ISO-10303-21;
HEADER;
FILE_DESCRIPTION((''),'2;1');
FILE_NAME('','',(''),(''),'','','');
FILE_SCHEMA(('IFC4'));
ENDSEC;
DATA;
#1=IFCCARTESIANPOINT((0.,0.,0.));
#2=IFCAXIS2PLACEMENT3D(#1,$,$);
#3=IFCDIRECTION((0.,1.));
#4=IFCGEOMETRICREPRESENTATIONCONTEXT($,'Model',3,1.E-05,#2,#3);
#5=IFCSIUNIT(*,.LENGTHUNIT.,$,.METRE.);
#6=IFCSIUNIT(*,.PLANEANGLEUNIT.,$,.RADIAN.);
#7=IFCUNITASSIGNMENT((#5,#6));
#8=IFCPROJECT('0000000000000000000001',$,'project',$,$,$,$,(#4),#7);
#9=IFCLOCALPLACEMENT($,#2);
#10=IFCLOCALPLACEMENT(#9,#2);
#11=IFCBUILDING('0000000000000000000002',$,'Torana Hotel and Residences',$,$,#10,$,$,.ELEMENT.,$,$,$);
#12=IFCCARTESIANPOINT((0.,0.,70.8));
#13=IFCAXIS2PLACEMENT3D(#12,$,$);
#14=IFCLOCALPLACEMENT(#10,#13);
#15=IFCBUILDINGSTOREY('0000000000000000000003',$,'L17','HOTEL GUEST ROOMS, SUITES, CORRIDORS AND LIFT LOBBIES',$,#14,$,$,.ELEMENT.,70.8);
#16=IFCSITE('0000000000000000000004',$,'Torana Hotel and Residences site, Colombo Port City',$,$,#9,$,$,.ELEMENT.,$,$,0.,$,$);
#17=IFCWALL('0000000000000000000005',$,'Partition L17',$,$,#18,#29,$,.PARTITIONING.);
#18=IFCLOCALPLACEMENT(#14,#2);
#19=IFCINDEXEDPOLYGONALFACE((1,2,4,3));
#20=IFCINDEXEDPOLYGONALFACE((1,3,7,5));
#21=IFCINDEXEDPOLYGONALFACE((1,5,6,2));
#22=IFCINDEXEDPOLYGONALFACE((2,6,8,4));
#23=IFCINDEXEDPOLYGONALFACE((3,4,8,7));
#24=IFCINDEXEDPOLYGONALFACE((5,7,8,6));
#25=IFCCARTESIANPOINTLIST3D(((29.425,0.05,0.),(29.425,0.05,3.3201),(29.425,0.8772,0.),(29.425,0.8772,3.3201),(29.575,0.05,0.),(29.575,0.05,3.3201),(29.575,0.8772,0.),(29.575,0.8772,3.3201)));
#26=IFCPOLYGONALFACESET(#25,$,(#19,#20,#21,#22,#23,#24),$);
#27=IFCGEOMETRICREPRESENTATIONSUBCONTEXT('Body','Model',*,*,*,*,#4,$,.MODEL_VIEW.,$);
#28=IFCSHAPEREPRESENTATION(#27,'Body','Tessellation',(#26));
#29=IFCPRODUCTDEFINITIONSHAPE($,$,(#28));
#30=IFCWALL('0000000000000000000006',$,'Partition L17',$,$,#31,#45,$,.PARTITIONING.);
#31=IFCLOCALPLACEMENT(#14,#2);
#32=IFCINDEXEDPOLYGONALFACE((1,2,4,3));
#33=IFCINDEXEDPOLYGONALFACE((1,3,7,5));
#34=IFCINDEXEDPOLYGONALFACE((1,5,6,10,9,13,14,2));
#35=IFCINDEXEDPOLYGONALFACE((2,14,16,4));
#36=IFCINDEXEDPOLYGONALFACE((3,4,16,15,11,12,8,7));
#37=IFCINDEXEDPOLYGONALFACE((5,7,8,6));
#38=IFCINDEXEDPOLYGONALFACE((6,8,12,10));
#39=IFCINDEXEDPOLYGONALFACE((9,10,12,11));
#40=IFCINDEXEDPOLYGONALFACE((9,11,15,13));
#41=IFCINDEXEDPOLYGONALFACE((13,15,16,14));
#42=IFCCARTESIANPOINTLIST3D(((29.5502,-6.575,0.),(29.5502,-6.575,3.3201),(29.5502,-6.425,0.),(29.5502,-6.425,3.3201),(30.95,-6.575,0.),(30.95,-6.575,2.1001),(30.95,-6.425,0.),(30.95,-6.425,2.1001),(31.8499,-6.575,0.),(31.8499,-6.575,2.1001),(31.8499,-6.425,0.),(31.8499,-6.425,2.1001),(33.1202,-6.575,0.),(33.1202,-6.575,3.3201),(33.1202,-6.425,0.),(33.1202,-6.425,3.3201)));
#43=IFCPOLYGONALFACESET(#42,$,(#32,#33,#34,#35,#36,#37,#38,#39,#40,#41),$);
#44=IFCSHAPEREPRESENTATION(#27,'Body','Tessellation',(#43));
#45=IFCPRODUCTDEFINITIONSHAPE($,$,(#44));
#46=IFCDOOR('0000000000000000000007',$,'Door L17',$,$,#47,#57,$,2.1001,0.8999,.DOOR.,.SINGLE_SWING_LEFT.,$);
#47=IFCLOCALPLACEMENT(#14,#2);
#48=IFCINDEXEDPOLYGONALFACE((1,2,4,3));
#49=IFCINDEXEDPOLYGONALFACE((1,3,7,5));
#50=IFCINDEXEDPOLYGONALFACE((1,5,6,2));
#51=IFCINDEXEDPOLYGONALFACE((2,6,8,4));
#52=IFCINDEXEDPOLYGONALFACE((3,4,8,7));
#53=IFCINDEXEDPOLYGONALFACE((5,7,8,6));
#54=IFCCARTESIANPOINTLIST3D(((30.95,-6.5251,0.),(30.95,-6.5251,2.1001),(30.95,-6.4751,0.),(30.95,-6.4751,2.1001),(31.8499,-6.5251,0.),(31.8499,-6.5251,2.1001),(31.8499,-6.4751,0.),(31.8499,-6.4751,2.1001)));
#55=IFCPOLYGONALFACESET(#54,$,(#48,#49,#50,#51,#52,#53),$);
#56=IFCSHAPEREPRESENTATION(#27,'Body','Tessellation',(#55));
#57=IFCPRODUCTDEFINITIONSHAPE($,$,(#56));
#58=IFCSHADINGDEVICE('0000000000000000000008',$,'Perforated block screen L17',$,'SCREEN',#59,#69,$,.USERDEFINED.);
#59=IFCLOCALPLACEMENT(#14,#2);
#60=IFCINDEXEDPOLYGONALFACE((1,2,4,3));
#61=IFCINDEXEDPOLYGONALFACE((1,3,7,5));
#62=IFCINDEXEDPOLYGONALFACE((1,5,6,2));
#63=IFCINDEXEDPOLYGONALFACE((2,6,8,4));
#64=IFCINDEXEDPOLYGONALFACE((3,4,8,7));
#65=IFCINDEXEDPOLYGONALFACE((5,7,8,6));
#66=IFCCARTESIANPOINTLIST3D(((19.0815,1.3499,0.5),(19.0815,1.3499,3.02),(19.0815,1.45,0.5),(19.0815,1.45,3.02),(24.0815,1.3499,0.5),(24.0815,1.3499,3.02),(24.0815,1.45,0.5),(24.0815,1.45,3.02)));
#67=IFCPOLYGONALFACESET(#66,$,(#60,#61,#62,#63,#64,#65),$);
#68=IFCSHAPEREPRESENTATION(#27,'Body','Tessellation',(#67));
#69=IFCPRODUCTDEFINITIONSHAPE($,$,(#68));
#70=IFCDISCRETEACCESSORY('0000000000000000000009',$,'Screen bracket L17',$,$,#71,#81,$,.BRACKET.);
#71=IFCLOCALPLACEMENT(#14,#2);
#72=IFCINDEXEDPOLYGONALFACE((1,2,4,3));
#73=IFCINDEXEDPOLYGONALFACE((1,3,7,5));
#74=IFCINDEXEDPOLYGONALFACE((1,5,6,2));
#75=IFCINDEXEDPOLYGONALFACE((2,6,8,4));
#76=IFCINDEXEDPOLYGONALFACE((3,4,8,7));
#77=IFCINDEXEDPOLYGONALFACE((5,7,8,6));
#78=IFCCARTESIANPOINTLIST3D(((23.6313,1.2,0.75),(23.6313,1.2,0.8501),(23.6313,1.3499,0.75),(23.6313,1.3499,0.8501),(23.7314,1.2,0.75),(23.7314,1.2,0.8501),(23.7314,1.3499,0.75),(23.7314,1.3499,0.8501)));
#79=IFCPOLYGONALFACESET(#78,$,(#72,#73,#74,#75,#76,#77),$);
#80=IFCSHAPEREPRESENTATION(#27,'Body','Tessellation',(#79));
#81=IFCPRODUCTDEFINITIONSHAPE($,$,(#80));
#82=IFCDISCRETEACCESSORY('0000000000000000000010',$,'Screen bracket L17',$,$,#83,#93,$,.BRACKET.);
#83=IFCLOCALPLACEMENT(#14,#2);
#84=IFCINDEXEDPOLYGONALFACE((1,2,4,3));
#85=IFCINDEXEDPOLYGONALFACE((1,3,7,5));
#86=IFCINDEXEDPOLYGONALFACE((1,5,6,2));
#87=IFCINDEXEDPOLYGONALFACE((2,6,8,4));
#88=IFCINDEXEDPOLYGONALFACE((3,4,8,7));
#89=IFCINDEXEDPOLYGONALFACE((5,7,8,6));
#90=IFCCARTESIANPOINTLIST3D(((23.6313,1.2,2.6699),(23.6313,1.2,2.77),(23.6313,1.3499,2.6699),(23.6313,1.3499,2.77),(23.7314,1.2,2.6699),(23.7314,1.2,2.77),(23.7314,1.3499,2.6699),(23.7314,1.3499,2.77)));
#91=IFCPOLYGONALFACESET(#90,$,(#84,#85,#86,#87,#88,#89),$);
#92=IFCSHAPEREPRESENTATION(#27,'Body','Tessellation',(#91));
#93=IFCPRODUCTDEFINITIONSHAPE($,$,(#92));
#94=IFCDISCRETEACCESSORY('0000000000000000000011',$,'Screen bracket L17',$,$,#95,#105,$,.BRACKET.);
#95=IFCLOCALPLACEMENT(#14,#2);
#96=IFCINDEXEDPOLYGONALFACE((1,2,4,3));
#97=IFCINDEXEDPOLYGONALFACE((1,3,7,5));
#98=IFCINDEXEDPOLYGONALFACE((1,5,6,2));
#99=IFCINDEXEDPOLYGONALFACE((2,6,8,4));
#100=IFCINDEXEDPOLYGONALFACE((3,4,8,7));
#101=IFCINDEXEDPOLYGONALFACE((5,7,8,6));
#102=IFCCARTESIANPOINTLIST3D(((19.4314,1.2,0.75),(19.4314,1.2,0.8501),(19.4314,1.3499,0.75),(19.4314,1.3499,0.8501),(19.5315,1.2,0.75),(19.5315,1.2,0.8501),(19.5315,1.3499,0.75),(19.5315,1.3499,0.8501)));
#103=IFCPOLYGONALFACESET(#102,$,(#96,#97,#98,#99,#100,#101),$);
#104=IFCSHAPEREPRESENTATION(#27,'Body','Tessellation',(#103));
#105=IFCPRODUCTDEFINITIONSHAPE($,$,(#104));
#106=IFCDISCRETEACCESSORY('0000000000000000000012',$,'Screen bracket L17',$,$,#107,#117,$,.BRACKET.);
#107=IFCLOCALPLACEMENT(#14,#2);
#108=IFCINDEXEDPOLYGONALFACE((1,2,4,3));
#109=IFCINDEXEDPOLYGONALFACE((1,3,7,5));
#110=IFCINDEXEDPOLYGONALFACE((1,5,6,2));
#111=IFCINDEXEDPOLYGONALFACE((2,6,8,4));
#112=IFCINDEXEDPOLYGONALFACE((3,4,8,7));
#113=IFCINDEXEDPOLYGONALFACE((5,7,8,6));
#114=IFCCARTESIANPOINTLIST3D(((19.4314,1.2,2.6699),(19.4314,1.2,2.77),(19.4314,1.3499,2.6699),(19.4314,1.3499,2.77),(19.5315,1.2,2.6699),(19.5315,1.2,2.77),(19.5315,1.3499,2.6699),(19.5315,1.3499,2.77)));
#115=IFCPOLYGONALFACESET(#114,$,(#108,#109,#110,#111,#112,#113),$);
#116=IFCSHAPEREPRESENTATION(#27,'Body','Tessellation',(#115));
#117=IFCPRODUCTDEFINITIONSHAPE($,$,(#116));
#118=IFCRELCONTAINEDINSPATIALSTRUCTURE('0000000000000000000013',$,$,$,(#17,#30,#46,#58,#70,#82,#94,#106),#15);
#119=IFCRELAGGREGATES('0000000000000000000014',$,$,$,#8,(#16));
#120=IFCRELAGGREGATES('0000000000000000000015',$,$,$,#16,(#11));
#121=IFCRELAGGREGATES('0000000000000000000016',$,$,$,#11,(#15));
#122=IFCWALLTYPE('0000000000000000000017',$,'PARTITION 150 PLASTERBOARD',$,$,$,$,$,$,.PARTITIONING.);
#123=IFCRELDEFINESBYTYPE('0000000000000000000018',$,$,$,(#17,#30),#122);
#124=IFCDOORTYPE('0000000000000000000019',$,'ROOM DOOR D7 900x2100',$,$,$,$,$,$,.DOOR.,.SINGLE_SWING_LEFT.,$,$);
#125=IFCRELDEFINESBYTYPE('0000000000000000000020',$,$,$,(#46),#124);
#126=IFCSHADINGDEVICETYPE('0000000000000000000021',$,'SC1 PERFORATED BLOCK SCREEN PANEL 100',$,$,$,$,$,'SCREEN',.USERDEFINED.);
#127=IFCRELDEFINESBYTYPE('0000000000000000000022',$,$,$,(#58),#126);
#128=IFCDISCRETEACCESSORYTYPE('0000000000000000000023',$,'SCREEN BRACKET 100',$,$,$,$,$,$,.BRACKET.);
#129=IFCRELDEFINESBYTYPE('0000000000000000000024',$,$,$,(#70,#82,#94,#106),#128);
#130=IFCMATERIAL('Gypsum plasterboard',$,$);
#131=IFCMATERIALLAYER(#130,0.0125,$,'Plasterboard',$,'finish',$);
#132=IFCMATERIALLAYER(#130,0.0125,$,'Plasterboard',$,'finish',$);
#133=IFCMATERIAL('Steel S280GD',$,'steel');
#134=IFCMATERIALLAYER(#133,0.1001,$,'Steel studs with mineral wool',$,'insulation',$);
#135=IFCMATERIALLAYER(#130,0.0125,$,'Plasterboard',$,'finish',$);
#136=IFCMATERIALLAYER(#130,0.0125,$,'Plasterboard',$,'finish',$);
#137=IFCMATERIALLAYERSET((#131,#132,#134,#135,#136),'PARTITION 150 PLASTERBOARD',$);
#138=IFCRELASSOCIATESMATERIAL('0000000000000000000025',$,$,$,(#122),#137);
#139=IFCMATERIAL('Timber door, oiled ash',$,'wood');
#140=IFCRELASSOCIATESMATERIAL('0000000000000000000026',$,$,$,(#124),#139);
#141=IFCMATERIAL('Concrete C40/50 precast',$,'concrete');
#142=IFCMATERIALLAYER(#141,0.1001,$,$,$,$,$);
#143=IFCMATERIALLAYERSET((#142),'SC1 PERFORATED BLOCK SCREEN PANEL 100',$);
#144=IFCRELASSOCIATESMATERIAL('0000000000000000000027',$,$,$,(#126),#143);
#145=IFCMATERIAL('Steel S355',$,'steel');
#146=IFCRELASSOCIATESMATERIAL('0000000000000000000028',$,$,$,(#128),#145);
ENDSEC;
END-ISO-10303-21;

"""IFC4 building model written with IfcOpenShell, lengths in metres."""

from ifc_helpers import new_model, si_unit, direction, frame, frame_2d, origin, origin_2d, place, context, subcontext, project, spatial, rectangle, extrude, material, layer, layer_set, type_object, element, fill, save


model = new_model("IFC4")

# Units and contexts
model_context = context("Model", 3, precision=1e-05, world=origin(), true_north=direction((0.0, 1.0)))
body_context = subcontext(model_context, "Body", "Model", "MODEL_VIEW")
ifc_project = project(units=[si_unit("LENGTHUNIT", "METRE"), si_unit("PLANEANGLEUNIT", "RADIAN")], contexts=[model_context])

# Site, building, storey
site_placement = place(None, origin())
site = spatial("IfcSite", under=ifc_project, at=site_placement, Name="Torana Hotel and Residences site, Colombo Port City", CompositionType="ELEMENT", RefElevation=0.0)
building_placement = place(site_placement, origin())
building = spatial("IfcBuilding", under=site, at=building_placement, Name="Torana Hotel and Residences", CompositionType="ELEMENT")
storey_placement = place(building_placement, frame((0.0, 0.0, 70.8)))
storey = spatial("IfcBuildingStorey", under=building, at=storey_placement, Name="L17", Description="HOTEL GUEST ROOMS, SUITES, CORRIDORS AND LIFT LOBBIES", CompositionType="ELEMENT", Elevation=70.8)

# Shared definitions
ifc_material_1 = material(Name="Steel S280GD", Category="steel")

# Wall
ifc_material_2 = material(Name="Gypsum plasterboard")
ifc_layer_1 = layer(ifc_material_2, 0.0125, Name="Plasterboard", Category="finish")
ifc_layer_2 = layer(ifc_material_2, 0.0125, Name="Plasterboard", Category="finish")
ifc_layer_3 = layer(ifc_material_1, 0.1001, Name="Steel studs with mineral wool", Category="insulation")
ifc_layer_4 = layer(ifc_material_2, 0.0125, Name="Plasterboard", Category="finish")
ifc_layer_5 = layer(ifc_material_2, 0.0125, Name="Plasterboard", Category="finish")
ifc_layer_set_1 = layer_set([ifc_layer_1, ifc_layer_2, ifc_layer_3, ifc_layer_4, ifc_layer_5], Name="PARTITION 150 PLASTERBOARD")
wall_type_1 = type_object("IfcWallType", Name="PARTITION 150 PLASTERBOARD", PredefinedType="PARTITIONING", material=ifc_layer_set_1)
wall_1_placement = place(storey_placement, frame((29.5, 0.05, 0.0), z_axis=(0.0, 0.0, 1.0), x_axis=(0.0, 1.0, 0.0)))
element("IfcWall", 1, at=wall_1_placement, inside=storey, type_object=wall_type_1, Name="Partition L17", PredefinedType="PARTITIONING", context=body_context, shape_type="SweptSolid", body=[
    extrude(rectangle(XDim=0.8271, YDim=0.1499, at=frame_2d((0.4136, 0.0))), origin(), (0.0, 0.0, 1.0), 3.3201),
])

# Wall, opening, door
wall_2_placement = place(storey_placement, frame((29.55, -6.5, 0.0), z_axis=(0.0, 0.0, 1.0), x_axis=(1.0, 0.0, 0.0)))
wall_2 = element("IfcWall", 2, at=wall_2_placement, inside=storey, type_object=wall_type_1, Name="Partition L17", PredefinedType="PARTITIONING", context=body_context, shape_type="SweptSolid", body=[
    extrude(rectangle(XDim=3.5701, YDim=0.1499, at=frame_2d((1.7852, 0.0))), origin(), (0.0, 0.0, 1.0), 3.3201),
])
opening_1_placement = place(wall_2_placement, frame((1.3999, 0.0, 0.0)))
opening_1 = element("IfcOpeningElement", 3, at=opening_1_placement, cuts=wall_2, PredefinedType="OPENING", context=body_context, shape_type="SweptSolid", body=[
    extrude(rectangle(XDim=0.8999, YDim=2.1001, at=frame_2d((0.45, 1.05))), frame((0.0, 0.085, 0.0), z_axis=(0.0, -1.0, 0.0), x_axis=(1.0, 0.0, 0.0)), (0.0, 0.0, 1.0), 0.1699),
])
ifc_material_3 = material(Name="Timber door, oiled ash", Category="wood")
door_type = type_object("IfcDoorType", Name="ROOM DOOR D7 900x2100", OperationType="SINGLE_SWING_LEFT", PredefinedType="DOOR", material=ifc_material_3)
door_placement = place(opening_1_placement, origin())
door = element("IfcDoor", 4, at=door_placement, inside=storey, type_object=door_type, Name="Door L17", OperationType="SINGLE_SWING_LEFT", OverallHeight=2.1001, OverallWidth=0.8999, PredefinedType="DOOR", context=body_context, shape_type="SweptSolid", body=[
    extrude(rectangle(XDim=0.8999, YDim=2.1001, at=frame_2d((0.45, 1.05))), frame((0.0, 0.0249, 0.0), z_axis=(0.0, -1.0, 0.0), x_axis=(1.0, 0.0, 0.0)), (0.0, 0.0, 1.0), 0.05),
])
fill(opening_1, door)

# Shading device
ifc_material_4 = material(Name="Concrete C40/50 precast", Category="concrete")
ifc_layer_6 = layer(ifc_material_4, 0.1001)
ifc_layer_set_2 = layer_set([ifc_layer_6], Name="SC1 PERFORATED BLOCK SCREEN PANEL 100")
shading_device_type = type_object("IfcShadingDeviceType", Name="SC1 PERFORATED BLOCK SCREEN PANEL 100", ElementType="SCREEN", PredefinedType="USERDEFINED", material=ifc_layer_set_2)
shading_device_placement = place(storey_placement, frame((21.5815, 1.3999, 0.5), z_axis=(0.0, 0.0, 1.0), x_axis=(-1.0, 0.0, 0.0)))
element("IfcShadingDevice", 5, at=shading_device_placement, inside=storey, type_object=shading_device_type, Name="Perforated block screen L17", ObjectType="SCREEN", PredefinedType="USERDEFINED", context=body_context, shape_type="SweptSolid", body=[
    extrude(rectangle(XDim=5.0, YDim=0.1001, at=origin_2d()), origin(), (0.0, 0.0, 1.0), 2.52),
])

# Discrete accessories
ifc_material_5 = material(Name="Steel S355", Category="steel")
discrete_accessory_type = type_object("IfcDiscreteAccessoryType", Name="SCREEN BRACKET 100", PredefinedType="BRACKET", material=ifc_material_5)
for number, where, z_axis, x_axis, name in (
    (6, (23.6814, 1.2749, 0.75), (0.0, 0.0, 1.0), (-1.0, 0.0, 0.0), "Screen bracket L17"),
    (7, (23.6814, 1.2749, 2.6699), (0.0, 0.0, 1.0), (-1.0, 0.0, 0.0), "Screen bracket L17"),
    (8, (19.4814, 1.2749, 0.75), (0.0, 0.0, 1.0), (-1.0, 0.0, 0.0), "Screen bracket L17"),
    (9, (19.4814, 1.2749, 2.6699), (0.0, 0.0, 1.0), (-1.0, 0.0, 0.0), "Screen bracket L17"),
):
    element("IfcDiscreteAccessory", number, at=place(storey_placement, frame(where, z_axis=z_axis, x_axis=x_axis)), inside=storey, type_object=discrete_accessory_type, Name=name, PredefinedType="BRACKET", context=body_context, shape_type="SweptSolid", body=[
        extrude(rectangle(XDim=0.1001, YDim=0.1499, at=origin_2d()), origin(), (0.0, 0.0, 1.0), 0.1001),
    ])

save(model, "model.ifc")
